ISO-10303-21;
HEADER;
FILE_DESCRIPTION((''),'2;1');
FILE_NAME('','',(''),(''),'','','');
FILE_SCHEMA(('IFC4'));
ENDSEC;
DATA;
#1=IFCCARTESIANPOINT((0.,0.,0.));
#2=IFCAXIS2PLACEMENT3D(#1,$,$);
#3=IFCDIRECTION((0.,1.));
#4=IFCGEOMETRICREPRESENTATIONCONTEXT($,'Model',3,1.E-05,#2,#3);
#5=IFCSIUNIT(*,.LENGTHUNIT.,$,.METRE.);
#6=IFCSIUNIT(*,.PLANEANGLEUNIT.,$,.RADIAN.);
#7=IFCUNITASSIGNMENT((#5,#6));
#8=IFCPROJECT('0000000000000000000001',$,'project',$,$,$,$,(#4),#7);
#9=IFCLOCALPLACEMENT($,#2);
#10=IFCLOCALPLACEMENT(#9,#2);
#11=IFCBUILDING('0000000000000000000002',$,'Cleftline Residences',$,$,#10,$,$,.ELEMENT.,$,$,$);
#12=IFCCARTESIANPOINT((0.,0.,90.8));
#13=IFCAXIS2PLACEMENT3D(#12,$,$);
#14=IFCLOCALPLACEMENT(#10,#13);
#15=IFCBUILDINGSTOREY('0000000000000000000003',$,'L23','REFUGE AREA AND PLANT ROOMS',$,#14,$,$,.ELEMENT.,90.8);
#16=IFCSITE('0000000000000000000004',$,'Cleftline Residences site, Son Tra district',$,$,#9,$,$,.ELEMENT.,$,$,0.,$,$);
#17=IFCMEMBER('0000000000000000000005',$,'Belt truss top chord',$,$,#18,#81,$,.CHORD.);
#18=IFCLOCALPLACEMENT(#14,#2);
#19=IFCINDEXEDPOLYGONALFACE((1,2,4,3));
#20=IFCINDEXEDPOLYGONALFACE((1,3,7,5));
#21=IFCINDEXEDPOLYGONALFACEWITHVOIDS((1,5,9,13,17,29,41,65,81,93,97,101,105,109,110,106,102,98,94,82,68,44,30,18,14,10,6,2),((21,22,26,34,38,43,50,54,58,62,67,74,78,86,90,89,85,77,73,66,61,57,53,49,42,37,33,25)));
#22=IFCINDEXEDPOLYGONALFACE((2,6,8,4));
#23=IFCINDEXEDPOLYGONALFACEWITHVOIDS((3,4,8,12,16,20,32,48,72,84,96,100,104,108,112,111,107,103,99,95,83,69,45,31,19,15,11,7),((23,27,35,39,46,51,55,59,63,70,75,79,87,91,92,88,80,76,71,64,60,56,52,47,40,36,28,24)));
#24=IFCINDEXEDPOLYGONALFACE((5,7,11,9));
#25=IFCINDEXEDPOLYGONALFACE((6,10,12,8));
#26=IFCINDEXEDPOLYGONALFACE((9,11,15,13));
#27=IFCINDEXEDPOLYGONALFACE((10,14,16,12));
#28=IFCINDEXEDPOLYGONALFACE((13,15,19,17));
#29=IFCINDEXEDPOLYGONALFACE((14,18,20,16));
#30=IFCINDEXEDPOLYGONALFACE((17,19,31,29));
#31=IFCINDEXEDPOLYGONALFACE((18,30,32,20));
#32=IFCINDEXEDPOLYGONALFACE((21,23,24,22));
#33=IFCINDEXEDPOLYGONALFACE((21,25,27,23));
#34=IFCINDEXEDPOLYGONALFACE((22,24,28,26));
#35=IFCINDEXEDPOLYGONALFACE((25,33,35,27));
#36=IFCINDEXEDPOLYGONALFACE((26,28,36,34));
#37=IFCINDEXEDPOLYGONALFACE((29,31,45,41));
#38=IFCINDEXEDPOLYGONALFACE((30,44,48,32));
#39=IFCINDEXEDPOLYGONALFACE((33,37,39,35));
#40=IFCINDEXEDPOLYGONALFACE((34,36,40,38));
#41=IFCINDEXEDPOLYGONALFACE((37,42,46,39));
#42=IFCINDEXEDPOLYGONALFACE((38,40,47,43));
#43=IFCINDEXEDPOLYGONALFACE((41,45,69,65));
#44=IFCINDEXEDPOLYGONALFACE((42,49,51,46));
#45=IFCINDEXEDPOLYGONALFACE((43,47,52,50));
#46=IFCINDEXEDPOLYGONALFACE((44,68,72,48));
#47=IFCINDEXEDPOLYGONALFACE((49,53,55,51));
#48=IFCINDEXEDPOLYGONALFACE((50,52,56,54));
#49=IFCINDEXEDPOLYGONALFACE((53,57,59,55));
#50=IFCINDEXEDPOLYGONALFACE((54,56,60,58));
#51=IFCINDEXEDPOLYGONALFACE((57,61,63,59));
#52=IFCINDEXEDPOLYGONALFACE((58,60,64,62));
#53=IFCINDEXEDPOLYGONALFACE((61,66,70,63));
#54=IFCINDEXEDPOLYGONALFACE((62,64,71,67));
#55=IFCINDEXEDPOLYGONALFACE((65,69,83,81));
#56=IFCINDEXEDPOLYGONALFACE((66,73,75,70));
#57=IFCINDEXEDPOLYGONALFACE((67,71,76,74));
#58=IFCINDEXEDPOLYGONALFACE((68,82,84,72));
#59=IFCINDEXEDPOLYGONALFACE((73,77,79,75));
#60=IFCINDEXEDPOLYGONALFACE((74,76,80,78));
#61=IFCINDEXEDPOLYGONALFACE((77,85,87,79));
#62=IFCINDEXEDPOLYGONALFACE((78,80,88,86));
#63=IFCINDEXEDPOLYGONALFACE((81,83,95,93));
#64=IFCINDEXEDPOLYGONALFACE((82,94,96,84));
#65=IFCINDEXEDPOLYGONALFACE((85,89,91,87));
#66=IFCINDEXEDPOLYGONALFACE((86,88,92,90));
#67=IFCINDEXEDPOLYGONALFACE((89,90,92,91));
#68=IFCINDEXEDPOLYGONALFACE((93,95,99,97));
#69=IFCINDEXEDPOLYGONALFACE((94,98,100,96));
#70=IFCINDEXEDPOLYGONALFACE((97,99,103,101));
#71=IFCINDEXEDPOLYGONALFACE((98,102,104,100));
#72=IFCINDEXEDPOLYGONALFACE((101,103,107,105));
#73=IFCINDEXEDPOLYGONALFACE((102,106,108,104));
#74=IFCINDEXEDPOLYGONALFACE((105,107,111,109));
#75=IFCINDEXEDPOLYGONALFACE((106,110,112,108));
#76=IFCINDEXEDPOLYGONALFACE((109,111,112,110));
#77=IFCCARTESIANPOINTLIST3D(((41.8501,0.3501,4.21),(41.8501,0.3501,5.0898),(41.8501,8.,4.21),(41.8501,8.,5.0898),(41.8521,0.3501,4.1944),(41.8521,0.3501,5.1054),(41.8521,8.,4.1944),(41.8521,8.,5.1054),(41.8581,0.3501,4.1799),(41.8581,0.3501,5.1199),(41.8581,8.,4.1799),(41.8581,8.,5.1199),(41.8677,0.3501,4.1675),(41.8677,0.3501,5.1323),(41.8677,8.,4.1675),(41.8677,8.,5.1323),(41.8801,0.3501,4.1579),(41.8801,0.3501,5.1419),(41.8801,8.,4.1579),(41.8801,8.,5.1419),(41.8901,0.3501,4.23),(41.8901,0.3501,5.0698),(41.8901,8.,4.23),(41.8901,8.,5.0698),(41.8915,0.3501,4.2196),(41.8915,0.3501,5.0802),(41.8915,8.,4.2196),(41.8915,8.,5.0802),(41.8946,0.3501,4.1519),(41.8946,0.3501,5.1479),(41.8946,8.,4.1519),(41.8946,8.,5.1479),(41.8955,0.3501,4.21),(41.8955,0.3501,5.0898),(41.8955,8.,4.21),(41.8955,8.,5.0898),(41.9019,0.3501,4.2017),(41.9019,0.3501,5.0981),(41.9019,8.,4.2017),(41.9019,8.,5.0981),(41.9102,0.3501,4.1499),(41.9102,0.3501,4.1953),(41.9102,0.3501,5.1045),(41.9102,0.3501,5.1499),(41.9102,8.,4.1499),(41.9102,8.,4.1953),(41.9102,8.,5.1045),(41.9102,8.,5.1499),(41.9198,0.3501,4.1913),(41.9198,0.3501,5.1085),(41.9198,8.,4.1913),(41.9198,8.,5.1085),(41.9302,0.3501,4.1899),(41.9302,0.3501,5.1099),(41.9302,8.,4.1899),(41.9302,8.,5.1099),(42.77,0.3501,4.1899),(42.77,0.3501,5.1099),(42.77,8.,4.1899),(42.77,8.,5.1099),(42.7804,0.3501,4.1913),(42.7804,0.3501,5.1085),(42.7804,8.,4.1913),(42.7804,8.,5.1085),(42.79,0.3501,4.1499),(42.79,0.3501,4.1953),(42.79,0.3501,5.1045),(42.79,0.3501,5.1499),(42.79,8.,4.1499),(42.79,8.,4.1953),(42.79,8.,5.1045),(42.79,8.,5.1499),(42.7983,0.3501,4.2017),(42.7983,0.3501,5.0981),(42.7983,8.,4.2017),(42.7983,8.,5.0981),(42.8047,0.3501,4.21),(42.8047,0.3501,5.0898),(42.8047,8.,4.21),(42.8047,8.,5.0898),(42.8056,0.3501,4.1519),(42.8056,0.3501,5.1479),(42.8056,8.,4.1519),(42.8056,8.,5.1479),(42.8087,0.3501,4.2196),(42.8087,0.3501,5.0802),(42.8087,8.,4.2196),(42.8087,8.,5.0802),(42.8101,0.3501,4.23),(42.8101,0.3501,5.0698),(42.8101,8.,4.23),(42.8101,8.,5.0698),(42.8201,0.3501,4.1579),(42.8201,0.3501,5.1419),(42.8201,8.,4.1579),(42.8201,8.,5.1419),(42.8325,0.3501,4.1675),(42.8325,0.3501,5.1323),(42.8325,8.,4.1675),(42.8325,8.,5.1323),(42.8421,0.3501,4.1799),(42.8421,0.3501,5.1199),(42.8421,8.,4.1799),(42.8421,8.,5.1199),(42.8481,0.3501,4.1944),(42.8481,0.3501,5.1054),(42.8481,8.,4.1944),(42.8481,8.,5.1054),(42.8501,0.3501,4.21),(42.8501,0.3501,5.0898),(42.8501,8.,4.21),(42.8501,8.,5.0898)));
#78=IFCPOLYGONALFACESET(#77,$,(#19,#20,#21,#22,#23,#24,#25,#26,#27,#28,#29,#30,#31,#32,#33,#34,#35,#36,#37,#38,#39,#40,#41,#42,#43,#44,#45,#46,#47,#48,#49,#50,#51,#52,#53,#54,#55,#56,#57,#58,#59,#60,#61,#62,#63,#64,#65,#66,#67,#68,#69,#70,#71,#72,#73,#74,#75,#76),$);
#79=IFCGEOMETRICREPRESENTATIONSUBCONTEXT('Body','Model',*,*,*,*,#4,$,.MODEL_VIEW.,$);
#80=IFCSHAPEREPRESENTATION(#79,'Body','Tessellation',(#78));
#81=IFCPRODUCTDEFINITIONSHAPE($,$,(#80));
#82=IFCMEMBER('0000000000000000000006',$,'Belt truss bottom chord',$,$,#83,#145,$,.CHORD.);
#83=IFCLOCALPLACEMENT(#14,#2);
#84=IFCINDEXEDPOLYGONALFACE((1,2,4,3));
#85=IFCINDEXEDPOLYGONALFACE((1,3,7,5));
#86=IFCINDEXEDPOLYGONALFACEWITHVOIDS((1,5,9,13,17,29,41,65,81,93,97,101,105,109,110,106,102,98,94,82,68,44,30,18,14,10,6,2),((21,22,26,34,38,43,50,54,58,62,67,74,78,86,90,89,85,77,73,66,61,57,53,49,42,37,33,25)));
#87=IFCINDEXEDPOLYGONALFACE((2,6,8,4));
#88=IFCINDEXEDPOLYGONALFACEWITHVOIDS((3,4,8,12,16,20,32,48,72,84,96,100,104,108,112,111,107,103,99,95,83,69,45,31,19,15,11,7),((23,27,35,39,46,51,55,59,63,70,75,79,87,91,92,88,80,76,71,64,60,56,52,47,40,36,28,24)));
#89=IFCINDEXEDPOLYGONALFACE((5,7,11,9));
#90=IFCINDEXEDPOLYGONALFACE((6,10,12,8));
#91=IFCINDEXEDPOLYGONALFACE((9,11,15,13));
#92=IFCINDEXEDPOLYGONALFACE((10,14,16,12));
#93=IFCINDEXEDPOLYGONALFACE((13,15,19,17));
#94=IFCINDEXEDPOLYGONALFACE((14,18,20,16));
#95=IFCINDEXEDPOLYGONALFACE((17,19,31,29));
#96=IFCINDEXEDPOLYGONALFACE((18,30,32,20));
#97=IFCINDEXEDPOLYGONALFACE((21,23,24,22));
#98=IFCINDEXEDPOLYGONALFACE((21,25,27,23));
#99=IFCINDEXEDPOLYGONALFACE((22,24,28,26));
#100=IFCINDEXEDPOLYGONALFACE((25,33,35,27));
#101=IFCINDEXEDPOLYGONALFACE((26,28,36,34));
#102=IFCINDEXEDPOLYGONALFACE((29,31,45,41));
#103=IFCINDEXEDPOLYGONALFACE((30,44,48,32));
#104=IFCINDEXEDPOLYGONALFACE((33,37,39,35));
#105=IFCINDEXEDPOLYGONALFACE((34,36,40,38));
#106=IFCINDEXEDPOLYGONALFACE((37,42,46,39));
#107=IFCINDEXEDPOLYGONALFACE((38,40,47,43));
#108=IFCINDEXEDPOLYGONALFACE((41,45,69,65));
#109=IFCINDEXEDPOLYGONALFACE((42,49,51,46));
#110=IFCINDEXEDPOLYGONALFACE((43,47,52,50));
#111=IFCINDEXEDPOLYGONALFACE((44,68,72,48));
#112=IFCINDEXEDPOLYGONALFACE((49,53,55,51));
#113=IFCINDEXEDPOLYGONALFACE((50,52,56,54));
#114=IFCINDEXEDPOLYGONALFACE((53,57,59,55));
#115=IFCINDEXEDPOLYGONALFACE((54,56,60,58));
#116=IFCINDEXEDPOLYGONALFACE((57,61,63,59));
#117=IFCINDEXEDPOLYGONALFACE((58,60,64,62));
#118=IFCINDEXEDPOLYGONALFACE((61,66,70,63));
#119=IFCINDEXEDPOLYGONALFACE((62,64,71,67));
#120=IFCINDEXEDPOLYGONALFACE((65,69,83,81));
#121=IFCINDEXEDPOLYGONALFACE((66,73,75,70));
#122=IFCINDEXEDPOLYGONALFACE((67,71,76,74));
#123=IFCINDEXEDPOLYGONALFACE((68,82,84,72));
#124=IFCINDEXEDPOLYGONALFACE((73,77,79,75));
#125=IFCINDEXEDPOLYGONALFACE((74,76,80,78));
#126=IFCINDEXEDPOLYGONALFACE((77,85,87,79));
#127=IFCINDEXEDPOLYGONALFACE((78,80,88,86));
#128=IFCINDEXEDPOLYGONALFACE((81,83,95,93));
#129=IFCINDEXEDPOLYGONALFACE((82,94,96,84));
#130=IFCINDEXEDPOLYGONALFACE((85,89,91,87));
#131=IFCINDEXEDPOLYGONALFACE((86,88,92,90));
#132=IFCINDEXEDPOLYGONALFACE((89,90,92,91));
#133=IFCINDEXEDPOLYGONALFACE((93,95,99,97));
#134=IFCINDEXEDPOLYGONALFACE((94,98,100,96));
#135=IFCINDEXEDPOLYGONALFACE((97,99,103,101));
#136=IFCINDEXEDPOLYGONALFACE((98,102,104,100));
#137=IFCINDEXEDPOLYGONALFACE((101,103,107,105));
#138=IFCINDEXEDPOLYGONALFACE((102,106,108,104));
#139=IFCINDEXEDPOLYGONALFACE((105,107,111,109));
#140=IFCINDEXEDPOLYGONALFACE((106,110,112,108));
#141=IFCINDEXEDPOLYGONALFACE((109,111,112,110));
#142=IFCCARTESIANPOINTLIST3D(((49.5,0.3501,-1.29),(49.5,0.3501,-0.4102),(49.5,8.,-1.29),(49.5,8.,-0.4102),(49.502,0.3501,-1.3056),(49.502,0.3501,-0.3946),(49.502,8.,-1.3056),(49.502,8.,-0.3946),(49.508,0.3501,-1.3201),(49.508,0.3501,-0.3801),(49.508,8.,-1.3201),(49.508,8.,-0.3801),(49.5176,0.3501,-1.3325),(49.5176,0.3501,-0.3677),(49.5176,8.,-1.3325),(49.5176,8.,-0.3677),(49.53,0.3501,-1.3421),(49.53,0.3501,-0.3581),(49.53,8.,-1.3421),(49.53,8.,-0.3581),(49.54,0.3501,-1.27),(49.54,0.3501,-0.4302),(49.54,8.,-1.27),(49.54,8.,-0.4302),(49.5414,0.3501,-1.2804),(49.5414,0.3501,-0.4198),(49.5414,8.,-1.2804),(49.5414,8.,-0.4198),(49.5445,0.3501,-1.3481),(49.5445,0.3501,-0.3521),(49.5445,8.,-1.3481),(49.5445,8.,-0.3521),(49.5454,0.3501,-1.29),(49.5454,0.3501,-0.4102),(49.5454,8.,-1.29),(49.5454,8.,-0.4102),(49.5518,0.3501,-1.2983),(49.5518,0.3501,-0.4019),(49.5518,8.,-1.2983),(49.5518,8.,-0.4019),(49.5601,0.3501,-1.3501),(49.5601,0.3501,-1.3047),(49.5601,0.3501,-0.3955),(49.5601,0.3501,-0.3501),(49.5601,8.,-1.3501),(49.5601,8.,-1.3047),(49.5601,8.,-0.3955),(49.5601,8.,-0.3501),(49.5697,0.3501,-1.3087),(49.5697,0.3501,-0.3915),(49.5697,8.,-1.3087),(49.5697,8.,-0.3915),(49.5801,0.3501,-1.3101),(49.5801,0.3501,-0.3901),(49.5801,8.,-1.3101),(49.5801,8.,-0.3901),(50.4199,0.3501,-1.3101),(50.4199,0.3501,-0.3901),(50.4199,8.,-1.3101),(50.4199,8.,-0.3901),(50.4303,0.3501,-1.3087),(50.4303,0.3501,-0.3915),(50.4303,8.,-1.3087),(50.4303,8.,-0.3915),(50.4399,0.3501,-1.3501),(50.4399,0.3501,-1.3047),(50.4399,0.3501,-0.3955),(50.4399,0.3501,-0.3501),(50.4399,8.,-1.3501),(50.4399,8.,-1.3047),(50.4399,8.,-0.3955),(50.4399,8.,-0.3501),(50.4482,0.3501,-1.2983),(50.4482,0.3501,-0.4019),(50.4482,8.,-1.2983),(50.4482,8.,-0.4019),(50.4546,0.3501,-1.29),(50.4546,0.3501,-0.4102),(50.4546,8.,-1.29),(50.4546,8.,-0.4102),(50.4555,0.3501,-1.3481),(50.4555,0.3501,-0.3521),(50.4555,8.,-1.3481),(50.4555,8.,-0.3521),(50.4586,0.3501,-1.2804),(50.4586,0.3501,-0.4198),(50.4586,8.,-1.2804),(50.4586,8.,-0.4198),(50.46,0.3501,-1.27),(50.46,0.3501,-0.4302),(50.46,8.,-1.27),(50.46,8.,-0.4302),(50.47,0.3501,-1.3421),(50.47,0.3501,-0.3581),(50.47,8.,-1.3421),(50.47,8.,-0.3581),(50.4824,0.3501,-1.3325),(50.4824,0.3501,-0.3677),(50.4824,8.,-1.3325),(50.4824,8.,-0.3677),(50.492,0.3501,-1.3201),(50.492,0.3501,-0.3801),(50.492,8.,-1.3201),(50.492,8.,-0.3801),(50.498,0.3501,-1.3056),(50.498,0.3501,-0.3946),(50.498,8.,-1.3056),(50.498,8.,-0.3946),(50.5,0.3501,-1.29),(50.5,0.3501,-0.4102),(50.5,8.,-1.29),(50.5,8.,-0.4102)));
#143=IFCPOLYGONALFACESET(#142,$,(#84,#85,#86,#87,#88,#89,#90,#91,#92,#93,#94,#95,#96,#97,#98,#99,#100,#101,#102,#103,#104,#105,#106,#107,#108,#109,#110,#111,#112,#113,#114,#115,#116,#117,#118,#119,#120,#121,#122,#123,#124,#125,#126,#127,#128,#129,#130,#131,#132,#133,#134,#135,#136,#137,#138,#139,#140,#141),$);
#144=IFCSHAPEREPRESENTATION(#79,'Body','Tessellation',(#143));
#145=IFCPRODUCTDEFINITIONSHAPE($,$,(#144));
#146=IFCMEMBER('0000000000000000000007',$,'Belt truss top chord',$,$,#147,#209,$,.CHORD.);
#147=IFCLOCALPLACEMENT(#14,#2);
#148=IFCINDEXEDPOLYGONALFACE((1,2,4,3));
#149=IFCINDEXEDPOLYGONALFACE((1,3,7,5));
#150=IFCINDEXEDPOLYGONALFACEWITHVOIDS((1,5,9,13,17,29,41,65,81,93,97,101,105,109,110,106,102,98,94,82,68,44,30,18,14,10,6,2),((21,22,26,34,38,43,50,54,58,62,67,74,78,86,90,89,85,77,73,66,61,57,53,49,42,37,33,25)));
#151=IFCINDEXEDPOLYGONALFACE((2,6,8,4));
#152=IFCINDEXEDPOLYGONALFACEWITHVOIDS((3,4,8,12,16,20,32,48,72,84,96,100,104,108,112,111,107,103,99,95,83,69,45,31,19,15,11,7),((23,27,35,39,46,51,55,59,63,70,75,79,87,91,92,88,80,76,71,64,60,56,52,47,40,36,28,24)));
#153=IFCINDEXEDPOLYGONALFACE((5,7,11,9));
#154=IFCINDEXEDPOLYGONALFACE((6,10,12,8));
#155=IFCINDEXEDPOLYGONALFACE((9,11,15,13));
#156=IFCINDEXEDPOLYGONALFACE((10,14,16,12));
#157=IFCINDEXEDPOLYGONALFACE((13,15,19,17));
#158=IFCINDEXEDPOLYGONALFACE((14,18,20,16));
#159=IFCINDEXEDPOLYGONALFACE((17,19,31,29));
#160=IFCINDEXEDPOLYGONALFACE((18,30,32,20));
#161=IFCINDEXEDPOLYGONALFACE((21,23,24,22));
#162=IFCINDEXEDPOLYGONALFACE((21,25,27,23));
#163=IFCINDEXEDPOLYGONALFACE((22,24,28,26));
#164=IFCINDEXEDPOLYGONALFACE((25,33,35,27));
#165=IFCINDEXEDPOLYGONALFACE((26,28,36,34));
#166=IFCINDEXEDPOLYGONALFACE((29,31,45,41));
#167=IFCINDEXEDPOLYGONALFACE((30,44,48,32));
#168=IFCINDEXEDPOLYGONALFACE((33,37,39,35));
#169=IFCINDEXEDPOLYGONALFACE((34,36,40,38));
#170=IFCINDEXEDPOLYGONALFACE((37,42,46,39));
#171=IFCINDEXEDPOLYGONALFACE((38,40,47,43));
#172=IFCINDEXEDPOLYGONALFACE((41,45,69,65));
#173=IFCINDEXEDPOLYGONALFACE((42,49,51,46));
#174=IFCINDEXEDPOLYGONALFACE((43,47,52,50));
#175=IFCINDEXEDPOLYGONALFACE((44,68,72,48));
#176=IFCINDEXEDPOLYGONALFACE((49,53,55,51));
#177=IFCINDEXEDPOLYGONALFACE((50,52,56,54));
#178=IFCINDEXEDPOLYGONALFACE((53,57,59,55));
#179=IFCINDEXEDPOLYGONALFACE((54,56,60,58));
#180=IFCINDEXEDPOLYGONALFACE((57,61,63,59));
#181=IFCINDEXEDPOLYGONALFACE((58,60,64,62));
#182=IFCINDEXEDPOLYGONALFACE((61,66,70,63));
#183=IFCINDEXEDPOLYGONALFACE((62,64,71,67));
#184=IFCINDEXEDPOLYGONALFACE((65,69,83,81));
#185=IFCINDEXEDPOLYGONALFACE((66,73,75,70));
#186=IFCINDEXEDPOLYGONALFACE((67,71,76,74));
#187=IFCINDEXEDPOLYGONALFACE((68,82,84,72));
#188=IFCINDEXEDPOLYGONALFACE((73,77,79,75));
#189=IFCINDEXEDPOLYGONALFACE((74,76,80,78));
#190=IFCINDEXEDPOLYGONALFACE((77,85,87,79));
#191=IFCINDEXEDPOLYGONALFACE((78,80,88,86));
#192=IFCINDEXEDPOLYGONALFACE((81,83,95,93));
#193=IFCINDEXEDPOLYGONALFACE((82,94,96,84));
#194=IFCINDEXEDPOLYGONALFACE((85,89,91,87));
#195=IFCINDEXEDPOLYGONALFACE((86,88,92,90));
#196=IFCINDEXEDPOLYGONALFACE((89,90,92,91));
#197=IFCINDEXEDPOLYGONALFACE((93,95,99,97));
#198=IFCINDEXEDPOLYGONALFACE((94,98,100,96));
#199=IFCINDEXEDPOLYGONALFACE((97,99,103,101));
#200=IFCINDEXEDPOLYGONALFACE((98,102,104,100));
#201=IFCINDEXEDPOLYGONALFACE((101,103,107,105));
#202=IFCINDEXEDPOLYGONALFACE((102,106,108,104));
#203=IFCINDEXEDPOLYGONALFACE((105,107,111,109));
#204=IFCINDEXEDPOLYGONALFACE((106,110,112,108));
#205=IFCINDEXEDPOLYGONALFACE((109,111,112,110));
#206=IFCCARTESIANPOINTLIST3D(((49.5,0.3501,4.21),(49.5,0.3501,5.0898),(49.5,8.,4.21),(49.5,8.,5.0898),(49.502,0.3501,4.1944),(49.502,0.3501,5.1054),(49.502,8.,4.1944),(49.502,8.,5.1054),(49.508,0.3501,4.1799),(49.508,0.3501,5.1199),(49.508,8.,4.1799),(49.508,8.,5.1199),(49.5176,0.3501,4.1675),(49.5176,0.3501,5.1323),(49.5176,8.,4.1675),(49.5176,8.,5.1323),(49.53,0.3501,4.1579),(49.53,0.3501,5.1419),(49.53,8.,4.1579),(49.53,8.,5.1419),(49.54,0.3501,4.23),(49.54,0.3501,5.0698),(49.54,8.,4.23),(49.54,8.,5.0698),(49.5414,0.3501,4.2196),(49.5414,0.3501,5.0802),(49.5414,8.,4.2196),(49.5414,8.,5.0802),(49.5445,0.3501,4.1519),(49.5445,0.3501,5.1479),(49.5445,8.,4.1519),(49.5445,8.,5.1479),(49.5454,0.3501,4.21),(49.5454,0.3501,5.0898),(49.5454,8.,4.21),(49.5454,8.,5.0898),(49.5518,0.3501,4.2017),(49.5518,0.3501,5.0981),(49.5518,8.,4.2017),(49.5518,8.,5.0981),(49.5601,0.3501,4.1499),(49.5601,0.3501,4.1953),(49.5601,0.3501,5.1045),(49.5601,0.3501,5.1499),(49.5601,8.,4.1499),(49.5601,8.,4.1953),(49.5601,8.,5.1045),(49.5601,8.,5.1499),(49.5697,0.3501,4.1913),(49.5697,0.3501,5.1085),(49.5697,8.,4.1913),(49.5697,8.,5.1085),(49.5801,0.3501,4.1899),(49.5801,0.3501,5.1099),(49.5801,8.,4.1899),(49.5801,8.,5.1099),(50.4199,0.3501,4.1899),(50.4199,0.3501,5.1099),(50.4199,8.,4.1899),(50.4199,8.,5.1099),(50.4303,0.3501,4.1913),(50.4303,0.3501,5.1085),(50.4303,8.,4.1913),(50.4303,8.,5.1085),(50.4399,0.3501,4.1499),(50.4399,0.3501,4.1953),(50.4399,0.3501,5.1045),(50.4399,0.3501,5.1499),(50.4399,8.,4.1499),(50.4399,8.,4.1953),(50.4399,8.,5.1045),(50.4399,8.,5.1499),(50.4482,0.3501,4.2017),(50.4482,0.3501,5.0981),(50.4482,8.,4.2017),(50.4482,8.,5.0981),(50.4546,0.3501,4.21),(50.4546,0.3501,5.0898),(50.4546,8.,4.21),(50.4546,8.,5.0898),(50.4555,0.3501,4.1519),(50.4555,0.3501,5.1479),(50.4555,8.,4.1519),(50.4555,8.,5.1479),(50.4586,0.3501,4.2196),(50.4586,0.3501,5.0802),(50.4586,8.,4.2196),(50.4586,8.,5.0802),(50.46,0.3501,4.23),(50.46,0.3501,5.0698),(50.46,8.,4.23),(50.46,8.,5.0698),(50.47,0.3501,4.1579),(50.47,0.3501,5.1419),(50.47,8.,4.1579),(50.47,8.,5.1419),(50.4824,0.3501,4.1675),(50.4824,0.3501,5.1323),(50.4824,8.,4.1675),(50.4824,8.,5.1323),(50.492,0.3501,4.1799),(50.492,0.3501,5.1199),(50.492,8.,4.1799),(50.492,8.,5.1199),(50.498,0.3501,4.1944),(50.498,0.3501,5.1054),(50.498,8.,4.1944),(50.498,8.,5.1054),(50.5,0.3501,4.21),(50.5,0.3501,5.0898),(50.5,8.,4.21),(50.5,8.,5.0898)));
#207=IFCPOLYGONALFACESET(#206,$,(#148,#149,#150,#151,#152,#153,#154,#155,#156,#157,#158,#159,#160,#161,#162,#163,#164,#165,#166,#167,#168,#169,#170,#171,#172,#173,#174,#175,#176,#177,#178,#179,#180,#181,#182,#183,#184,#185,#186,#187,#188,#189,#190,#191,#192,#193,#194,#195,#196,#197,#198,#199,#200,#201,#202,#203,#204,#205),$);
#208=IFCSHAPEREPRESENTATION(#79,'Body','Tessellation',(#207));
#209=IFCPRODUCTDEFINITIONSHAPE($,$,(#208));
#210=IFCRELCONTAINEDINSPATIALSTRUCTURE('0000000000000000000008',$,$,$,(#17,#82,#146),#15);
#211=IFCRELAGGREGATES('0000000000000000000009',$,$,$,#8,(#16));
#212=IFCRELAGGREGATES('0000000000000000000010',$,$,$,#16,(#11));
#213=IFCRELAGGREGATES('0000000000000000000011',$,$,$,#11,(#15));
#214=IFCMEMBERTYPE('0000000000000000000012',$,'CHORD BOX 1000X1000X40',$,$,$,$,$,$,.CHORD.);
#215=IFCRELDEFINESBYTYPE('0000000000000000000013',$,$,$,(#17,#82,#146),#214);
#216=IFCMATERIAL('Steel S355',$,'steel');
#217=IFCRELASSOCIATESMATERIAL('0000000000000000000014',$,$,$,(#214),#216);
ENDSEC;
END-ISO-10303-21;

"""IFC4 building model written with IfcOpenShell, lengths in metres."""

from ifc_helpers import new_model, si_unit, direction, frame, origin, origin_2d, place, context, subcontext, project, spatial, hollow_rectangle, extrude, material, material_profile, profile_set, type_object, element, save


model = new_model("IFC4")

# Units and contexts
model_context = context("Model", 3, precision=1e-05, world=origin(), true_north=direction((0.0, 1.0)))
body_context = subcontext(model_context, "Body", "Model", "MODEL_VIEW")
ifc_project = project(units=[si_unit("LENGTHUNIT", "METRE"), si_unit("PLANEANGLEUNIT", "RADIAN")], contexts=[model_context])

# Site, building, storey
site_placement = place(None, origin())
site = spatial("IfcSite", under=ifc_project, at=site_placement, Name="Cleftline Residences site, Son Tra district", CompositionType="ELEMENT", RefElevation=0.0)
building_placement = place(site_placement, origin())
building = spatial("IfcBuilding", under=site, at=building_placement, Name="Cleftline Residences", CompositionType="ELEMENT")
storey_placement = place(building_placement, frame((0.0, 0.0, 90.8)))
storey = spatial("IfcBuildingStorey", under=building, at=storey_placement, Name="L23", Description="REFUGE AREA AND PLANT ROOMS", CompositionType="ELEMENT", Elevation=90.8)

# Members
ifc_material_1 = material(Name="Steel S355", Category="steel")
ifc_material_profile_1 = material_profile(ifc_material_1, hollow_rectangle(XDim=1.0, YDim=1.0, WallThickness=0.04, InnerFilletRadius=0.04, OuterFilletRadius=0.0601, at=origin_2d()))
ifc_profile_set_1 = profile_set([ifc_material_profile_1], Name="Steel S355")
member_type_1 = type_object("IfcMemberType", Name="CHORD BOX 1000X1000X40", PredefinedType="CHORD", material=ifc_profile_set_1)
for number, where, z_axis, x_axis, name in (
    (1, (42.3501, 0.3501, 4.6499), (0.0, 1.0, 0.0), (-1.0, 0.0, 0.0), "Belt truss top chord"),
    (2, (50.0, 0.3501, -0.8501), (0.0, 1.0, 0.0), (-1.0, 0.0, 0.0), "Belt truss bottom chord"),
    (3, (50.0, 0.3501, 4.6499), (0.0, 1.0, 0.0), (-1.0, 0.0, 0.0), "Belt truss top chord"),
):
    element("IfcMember", number, at=place(storey_placement, frame(where, z_axis=z_axis, x_axis=x_axis)), inside=storey, type_object=member_type_1, Name=name, PredefinedType="CHORD", context=body_context, shape_type="SweptSolid", body=[
        extrude(hollow_rectangle(XDim=1.0, YDim=1.0, WallThickness=0.04, InnerFilletRadius=0.04, OuterFilletRadius=0.0601, at=origin_2d()), origin(), (0.0, 0.0, 1.0), 7.6499),
    ])

save(model, "model.ifc")
